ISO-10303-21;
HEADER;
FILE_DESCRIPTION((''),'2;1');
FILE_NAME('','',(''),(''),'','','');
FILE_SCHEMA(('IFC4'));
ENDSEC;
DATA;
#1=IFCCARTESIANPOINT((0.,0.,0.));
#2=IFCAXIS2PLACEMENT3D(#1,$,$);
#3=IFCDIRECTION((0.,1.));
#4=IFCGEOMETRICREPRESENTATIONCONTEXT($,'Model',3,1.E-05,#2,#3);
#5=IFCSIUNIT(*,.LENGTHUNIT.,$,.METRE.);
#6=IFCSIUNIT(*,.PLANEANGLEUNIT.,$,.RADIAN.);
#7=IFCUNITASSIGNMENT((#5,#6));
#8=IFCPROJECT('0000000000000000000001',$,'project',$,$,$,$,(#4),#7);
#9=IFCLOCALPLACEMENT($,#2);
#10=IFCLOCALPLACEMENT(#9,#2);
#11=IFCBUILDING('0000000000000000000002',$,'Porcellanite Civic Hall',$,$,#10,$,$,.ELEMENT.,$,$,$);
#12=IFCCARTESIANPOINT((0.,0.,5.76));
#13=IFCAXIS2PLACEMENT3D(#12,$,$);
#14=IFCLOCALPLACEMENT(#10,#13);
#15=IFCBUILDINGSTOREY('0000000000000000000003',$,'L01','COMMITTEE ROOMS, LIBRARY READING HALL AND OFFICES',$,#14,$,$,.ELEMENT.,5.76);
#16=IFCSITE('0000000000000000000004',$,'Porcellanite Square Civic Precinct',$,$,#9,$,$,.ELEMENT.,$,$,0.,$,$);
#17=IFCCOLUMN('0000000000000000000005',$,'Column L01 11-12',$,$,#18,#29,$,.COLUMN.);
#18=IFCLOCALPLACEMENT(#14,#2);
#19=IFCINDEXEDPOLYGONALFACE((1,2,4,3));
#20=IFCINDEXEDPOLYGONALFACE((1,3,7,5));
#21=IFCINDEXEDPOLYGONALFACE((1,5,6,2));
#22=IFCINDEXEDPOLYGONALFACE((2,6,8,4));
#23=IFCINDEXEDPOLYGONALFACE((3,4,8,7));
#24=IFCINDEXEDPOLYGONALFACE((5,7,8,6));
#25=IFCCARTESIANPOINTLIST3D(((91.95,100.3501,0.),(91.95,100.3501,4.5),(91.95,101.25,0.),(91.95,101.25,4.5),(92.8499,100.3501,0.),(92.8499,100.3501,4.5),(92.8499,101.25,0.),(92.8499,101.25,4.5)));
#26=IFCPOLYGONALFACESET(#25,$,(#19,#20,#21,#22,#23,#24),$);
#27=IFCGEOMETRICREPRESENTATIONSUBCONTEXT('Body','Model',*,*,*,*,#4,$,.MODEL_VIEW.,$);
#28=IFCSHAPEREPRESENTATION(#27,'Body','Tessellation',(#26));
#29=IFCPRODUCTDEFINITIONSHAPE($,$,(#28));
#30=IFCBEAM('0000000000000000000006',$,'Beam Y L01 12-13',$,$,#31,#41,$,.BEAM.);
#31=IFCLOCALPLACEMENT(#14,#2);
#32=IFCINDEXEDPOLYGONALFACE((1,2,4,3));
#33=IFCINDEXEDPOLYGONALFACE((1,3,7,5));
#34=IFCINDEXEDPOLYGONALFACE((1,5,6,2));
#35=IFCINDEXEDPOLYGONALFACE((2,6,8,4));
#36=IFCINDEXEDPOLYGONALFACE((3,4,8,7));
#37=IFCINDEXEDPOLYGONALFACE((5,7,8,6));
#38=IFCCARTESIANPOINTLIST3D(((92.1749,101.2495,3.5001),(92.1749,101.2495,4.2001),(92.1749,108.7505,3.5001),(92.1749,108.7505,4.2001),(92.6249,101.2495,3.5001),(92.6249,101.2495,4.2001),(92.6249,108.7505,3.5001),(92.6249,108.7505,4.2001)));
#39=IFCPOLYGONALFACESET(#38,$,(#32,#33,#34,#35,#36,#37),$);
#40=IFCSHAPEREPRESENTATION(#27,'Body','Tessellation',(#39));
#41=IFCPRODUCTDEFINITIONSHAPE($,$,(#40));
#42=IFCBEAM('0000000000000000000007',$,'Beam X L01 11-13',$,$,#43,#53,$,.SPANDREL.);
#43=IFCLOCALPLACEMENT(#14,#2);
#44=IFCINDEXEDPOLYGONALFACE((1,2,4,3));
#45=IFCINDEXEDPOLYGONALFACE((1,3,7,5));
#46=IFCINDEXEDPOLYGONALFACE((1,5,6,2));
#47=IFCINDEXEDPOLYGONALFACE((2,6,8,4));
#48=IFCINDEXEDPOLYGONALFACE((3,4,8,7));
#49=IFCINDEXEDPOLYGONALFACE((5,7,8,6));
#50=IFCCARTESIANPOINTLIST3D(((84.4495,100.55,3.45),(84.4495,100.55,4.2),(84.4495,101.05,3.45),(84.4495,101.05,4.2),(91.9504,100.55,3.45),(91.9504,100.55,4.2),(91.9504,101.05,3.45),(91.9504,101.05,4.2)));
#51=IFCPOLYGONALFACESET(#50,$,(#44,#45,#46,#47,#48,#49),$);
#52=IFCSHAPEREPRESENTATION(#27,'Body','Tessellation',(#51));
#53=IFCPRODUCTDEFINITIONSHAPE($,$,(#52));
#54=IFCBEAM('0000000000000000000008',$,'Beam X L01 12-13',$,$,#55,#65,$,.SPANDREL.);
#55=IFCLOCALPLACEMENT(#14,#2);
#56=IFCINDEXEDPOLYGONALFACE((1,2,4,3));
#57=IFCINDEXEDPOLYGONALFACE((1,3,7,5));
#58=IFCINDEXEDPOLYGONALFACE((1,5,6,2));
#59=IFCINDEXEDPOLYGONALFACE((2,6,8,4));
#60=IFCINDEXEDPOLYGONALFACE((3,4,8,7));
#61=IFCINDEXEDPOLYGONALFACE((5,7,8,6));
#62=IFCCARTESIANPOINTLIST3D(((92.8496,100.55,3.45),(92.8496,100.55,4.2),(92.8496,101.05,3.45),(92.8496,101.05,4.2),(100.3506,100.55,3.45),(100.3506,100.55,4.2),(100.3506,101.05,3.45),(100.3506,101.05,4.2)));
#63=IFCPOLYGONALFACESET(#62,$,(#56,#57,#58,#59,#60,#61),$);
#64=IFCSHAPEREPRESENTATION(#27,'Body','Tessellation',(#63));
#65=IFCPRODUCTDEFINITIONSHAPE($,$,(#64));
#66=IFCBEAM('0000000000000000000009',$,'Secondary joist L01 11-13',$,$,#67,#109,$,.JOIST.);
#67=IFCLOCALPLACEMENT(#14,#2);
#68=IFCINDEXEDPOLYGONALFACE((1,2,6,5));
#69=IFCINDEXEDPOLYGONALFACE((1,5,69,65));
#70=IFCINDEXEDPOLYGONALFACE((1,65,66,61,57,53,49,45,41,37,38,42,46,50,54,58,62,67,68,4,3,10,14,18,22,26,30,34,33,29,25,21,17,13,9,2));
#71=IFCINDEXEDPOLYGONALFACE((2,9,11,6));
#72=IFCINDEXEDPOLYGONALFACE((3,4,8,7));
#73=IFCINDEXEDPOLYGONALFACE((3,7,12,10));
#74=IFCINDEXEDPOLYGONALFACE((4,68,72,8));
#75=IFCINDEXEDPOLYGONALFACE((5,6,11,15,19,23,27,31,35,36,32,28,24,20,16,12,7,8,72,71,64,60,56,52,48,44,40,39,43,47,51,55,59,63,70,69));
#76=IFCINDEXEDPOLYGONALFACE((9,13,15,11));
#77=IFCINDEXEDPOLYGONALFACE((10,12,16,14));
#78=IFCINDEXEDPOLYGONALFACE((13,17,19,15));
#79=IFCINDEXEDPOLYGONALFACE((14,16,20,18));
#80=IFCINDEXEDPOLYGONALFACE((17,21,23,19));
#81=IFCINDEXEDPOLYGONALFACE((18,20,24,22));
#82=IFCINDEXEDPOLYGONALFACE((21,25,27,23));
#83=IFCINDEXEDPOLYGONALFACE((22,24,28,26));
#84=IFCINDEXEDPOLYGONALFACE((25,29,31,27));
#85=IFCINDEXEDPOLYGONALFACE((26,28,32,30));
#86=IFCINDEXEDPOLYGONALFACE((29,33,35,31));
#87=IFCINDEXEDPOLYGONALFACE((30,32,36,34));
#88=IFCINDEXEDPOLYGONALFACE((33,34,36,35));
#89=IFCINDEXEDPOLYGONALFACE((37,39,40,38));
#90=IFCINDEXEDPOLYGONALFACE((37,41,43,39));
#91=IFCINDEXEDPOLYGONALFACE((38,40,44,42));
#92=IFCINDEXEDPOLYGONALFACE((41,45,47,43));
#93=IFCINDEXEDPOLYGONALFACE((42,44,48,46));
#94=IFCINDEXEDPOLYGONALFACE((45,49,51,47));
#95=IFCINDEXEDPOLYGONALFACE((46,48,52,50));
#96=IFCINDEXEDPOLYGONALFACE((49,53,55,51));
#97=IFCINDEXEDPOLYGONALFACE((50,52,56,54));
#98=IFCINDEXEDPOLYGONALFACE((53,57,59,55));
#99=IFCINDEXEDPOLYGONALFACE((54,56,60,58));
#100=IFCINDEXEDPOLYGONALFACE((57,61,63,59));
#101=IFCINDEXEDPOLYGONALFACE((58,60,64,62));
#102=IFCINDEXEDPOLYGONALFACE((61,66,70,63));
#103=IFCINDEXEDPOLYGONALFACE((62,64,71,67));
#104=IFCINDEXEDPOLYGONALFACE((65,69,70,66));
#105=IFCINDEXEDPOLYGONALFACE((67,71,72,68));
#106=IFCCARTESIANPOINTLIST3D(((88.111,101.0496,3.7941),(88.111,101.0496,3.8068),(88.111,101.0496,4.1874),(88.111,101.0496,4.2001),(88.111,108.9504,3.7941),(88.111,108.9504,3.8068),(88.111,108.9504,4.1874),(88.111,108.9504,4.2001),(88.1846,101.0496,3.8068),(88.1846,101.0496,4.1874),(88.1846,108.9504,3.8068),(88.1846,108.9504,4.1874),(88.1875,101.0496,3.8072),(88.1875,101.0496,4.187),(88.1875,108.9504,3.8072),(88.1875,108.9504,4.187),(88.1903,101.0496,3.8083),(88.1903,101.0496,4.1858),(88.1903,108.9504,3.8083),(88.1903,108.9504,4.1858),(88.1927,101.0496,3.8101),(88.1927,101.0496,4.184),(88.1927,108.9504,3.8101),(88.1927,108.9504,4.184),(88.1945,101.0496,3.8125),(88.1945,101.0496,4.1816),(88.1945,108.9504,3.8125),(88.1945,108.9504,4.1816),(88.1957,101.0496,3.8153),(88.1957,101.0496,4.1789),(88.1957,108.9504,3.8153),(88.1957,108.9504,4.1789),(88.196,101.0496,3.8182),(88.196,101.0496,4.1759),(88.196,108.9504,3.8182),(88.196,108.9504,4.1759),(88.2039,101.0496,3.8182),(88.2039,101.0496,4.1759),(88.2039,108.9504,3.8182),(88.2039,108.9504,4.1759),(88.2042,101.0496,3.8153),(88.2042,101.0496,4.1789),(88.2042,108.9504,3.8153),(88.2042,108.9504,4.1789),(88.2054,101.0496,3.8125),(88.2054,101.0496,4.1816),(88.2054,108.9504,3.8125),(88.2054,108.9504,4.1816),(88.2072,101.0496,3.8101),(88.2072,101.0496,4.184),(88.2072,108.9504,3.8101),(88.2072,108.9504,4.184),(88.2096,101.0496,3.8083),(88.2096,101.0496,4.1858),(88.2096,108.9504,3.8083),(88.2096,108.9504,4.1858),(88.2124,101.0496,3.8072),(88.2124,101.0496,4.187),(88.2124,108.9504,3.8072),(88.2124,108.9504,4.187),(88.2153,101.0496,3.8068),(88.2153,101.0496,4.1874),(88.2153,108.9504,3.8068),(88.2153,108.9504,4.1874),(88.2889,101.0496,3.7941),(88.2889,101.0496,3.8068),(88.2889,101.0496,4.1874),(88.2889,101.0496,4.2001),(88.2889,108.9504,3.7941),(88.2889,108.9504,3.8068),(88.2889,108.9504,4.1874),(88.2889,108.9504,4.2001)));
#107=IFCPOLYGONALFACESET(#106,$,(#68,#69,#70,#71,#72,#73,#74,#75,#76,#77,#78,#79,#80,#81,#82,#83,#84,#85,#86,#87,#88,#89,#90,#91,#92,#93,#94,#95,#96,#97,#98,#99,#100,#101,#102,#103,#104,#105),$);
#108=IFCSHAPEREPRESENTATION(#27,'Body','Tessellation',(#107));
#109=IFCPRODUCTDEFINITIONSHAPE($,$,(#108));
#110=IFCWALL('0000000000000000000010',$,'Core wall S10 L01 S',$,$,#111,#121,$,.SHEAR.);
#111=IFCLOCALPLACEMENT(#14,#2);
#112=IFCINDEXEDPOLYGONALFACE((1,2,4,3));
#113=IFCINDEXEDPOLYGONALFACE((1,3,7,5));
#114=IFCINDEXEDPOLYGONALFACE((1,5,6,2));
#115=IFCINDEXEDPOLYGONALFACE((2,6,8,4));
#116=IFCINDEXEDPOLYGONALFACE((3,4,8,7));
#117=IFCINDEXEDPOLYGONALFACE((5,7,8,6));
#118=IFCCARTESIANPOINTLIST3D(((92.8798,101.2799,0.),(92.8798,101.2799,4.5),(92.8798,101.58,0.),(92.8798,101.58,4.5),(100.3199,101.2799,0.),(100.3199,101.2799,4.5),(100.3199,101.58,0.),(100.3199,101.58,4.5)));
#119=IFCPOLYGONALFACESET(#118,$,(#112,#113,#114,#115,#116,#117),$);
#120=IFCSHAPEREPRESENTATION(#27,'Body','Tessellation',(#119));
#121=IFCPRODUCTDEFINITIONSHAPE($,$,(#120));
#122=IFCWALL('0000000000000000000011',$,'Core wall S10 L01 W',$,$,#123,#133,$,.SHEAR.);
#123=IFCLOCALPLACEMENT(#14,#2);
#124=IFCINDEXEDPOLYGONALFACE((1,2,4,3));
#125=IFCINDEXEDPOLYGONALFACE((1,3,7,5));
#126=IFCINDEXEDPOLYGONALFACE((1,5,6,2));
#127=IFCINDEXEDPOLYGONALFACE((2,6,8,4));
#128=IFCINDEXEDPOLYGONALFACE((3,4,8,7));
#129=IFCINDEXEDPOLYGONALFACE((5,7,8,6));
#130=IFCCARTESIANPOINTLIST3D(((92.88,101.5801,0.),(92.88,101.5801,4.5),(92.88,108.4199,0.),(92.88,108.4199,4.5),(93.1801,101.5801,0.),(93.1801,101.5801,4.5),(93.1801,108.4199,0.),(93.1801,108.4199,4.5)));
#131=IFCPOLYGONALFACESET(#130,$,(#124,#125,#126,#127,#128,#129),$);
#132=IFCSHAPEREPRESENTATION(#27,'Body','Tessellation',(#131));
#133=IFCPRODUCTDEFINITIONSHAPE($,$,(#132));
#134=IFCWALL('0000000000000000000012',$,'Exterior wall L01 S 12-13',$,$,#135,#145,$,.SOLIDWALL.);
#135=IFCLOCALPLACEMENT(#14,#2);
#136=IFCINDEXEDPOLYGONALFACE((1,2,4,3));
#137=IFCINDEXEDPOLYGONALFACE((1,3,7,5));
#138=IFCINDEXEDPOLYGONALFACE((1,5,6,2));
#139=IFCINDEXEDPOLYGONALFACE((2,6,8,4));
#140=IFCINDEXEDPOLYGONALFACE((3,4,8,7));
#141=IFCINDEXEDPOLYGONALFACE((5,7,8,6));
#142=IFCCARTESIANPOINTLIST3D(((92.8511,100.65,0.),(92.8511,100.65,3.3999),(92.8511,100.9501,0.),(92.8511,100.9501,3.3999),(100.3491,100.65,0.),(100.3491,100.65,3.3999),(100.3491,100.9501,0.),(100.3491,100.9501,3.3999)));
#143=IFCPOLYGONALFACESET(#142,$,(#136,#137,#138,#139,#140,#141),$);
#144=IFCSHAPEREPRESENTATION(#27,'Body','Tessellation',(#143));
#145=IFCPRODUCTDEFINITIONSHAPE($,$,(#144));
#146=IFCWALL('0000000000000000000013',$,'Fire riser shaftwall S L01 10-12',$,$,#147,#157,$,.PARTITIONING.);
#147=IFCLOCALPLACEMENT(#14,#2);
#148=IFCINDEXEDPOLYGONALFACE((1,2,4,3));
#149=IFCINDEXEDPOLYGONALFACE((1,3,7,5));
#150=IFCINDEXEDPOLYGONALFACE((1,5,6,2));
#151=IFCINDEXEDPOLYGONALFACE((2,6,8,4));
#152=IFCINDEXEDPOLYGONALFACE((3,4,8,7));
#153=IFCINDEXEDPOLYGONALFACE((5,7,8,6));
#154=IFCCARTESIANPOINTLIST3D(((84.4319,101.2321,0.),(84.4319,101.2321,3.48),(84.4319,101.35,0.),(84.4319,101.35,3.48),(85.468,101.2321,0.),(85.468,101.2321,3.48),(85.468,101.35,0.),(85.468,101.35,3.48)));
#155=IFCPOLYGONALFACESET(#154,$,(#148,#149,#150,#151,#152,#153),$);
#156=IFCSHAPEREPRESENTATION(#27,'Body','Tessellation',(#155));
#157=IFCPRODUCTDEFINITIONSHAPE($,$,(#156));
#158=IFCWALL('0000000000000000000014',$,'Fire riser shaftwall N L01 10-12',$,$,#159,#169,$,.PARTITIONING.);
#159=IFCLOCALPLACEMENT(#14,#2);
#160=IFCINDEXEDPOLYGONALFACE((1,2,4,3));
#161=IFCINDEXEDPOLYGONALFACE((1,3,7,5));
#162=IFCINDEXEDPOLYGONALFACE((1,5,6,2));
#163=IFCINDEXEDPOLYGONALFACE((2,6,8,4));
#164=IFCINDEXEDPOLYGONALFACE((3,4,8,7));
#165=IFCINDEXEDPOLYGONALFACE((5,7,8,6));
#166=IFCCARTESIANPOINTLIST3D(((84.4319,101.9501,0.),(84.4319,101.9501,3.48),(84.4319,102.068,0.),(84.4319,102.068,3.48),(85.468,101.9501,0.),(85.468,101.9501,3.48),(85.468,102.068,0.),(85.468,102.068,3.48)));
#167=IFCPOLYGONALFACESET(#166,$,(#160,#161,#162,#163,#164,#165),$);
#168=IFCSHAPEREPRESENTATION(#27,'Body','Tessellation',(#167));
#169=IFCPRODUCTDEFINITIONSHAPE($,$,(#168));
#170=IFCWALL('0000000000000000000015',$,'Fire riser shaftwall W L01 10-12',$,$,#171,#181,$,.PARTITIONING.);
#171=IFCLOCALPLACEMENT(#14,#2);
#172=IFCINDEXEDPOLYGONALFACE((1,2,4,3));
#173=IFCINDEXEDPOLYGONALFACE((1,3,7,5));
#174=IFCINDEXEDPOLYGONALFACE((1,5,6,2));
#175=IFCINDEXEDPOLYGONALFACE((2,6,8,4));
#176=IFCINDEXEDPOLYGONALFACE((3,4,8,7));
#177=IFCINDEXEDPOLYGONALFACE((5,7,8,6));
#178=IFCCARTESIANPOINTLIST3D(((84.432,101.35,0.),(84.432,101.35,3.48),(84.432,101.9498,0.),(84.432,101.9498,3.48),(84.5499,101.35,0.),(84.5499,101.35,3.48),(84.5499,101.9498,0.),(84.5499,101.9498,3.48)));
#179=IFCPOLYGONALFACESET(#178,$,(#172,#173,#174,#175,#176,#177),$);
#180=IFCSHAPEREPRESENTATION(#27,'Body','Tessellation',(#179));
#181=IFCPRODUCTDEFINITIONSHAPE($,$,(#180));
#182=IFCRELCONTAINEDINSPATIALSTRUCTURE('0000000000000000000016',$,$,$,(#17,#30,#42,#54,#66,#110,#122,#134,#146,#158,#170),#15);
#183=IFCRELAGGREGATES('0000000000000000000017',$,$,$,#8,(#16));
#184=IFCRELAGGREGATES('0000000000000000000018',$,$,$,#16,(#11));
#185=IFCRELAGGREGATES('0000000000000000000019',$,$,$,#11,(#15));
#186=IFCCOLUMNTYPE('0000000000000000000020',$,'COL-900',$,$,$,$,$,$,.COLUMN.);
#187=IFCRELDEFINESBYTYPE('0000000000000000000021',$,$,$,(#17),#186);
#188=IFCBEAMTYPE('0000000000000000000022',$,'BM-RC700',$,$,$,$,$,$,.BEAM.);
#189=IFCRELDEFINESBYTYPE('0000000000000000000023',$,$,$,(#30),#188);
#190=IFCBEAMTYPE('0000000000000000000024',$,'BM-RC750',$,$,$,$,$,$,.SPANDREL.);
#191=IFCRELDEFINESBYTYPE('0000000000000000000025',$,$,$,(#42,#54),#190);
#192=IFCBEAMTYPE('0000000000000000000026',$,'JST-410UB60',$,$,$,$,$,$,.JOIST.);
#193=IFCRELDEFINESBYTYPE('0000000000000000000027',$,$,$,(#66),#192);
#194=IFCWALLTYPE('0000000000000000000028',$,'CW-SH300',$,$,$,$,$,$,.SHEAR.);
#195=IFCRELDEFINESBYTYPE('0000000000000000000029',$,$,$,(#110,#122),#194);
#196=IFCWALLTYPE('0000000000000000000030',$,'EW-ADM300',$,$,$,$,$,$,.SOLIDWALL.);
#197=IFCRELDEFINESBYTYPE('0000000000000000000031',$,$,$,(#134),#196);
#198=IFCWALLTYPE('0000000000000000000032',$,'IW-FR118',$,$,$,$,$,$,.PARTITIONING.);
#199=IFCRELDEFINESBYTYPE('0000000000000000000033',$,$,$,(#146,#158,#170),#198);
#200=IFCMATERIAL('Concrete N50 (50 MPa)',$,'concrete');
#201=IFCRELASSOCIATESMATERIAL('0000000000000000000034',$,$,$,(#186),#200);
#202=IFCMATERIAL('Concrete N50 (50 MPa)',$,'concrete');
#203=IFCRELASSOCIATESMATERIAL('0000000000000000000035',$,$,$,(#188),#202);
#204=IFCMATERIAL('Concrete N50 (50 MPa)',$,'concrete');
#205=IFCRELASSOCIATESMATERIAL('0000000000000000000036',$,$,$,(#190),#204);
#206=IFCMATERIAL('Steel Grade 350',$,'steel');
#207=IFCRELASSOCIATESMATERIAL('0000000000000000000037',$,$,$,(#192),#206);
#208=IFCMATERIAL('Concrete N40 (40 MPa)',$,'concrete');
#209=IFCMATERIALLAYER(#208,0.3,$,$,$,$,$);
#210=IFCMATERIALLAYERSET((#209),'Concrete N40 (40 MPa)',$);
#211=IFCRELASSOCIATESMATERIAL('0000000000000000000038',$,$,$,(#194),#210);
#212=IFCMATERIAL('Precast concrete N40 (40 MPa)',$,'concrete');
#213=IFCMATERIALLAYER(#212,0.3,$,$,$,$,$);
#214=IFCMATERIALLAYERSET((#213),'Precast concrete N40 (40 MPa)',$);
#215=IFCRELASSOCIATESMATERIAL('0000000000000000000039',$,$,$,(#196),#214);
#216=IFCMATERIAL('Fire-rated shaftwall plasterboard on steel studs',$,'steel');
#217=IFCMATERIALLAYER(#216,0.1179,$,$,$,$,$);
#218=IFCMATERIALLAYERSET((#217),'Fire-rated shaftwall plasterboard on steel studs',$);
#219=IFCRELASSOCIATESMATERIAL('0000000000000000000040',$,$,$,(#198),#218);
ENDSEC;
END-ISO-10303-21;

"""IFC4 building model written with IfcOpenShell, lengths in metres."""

from ifc_helpers import new_model, si_unit, direction, frame, frame_2d, origin, origin_2d, place, context, subcontext, project, spatial, rectangle, i_section, extrude, material, layer, layer_set, material_profile, profile_set, type_object, element, save


model = new_model("IFC4")

# Units and contexts
model_context = context("Model", 3, precision=1e-05, world=origin(), true_north=direction((0.0, 1.0)))
body_context = subcontext(model_context, "Body", "Model", "MODEL_VIEW")
ifc_project = project(units=[si_unit("LENGTHUNIT", "METRE"), si_unit("PLANEANGLEUNIT", "RADIAN")], contexts=[model_context])

# Site, building, storey
site_placement = place(None, origin())
site = spatial("IfcSite", under=ifc_project, at=site_placement, Name="Porcellanite Square Civic Precinct", CompositionType="ELEMENT", RefElevation=0.0)
building_placement = place(site_placement, origin())
building = spatial("IfcBuilding", under=site, at=building_placement, Name="Porcellanite Civic Hall", CompositionType="ELEMENT")
storey_placement = place(building_placement, frame((0.0, 0.0, 5.76)))
storey = spatial("IfcBuildingStorey", under=building, at=storey_placement, Name="L01", Description="COMMITTEE ROOMS, LIBRARY READING HALL AND OFFICES", CompositionType="ELEMENT", Elevation=5.76)

# Column
ifc_material_1 = material(Name="Concrete N50 (50 MPa)", Category="concrete")
ifc_material_profile_1 = material_profile(ifc_material_1, rectangle(XDim=0.8999, YDim=0.8999, at=origin_2d()), Name="RC-900x900")
ifc_profile_set_1 = profile_set([ifc_material_profile_1], Name="Concrete N50 (50 MPa)")
column_type = type_object("IfcColumnType", Name="COL-900", PredefinedType="COLUMN", material=ifc_profile_set_1)
column_placement = place(storey_placement, frame((92.3999, 100.8, 0.0), z_axis=(0.0, 0.0, 1.0), x_axis=(1.0, 0.0, 0.0)))
element("IfcColumn", 1, at=column_placement, inside=storey, type_object=column_type, Name="Column L01 11-12", PredefinedType="COLUMN", context=body_context, shape_type="SweptSolid", body=[
    extrude(rectangle(XDim=0.8999, YDim=0.8999, at=origin_2d()), origin(), (0.0, 0.0, 1.0), 4.5),
])

# Beams
ifc_material_2 = material(Name="Concrete N50 (50 MPa)", Category="concrete")
ifc_material_profile_2 = material_profile(ifc_material_2, rectangle(XDim=0.45, YDim=0.7, at=origin_2d()), Name="RC-450x700")
ifc_profile_set_2 = profile_set([ifc_material_profile_2], Name="Concrete N50 (50 MPa)")
beam_type_1 = type_object("IfcBeamType", Name="BM-RC700", PredefinedType="BEAM", material=ifc_profile_set_2)
beam_1_placement = place(storey_placement, frame((92.3999, 101.2495, 3.8501), z_axis=(0.0, 1.0, 0.0), x_axis=(-1.0, 0.0, 0.0)))
element("IfcBeam", 2, at=beam_1_placement, inside=storey, type_object=beam_type_1, Name="Beam Y L01 12-13", PredefinedType="BEAM", context=body_context, shape_type="SweptSolid", body=[
    extrude(rectangle(XDim=0.45, YDim=0.7, at=origin_2d()), origin(), (0.0, 0.0, 1.0), 7.501),
])
ifc_material_3 = material(Name="Concrete N50 (50 MPa)", Category="concrete")
ifc_material_profile_3 = material_profile(ifc_material_3, rectangle(XDim=0.5, YDim=0.75, at=origin_2d()), Name="RC-500x750")
ifc_profile_set_3 = profile_set([ifc_material_profile_3], Name="Concrete N50 (50 MPa)")
beam_type_2 = type_object("IfcBeamType", Name="BM-RC750", PredefinedType="SPANDREL", material=ifc_profile_set_3)
for number, where, z_axis, x_axis, name in (
    (3, (84.4495, 100.8, 3.825), (1.0, 0.0, 0.0), (0.0, 1.0, 0.0), "Beam X L01 11-13"),
    (4, (92.8496, 100.8, 3.825), (1.0, 0.0, 0.0), (0.0, 1.0, 0.0), "Beam X L01 12-13"),
):
    element("IfcBeam", number, at=place(storey_placement, frame(where, z_axis=z_axis, x_axis=x_axis)), inside=storey, type_object=beam_type_2, Name=name, PredefinedType="SPANDREL", context=body_context, shape_type="SweptSolid", body=[
        extrude(rectangle(XDim=0.5, YDim=0.75, at=origin_2d()), origin(), (0.0, 0.0, 1.0), 7.501),
    ])
ifc_material_4 = material(Name="Steel Grade 350", Category="steel")
ifc_material_profile_4 = material_profile(ifc_material_4, i_section(OverallWidth=0.178, OverallDepth=0.406, WebThickness=0.0078, FlangeThickness=0.0127, FilletRadius=0.0115, at=origin_2d()), Name="410UB59.7")
ifc_profile_set_4 = profile_set([ifc_material_profile_4], Name="Steel Grade 350")
beam_type_3 = type_object("IfcBeamType", Name="JST-410UB60", PredefinedType="JOIST", material=ifc_profile_set_4)
beam_2_placement = place(storey_placement, frame((88.2, 101.0496, 3.9971), z_axis=(0.0, 1.0, 0.0), x_axis=(-1.0, 0.0, 0.0)))
element("IfcBeam", 5, at=beam_2_placement, inside=storey, type_object=beam_type_3, Name="Secondary joist L01 11-13", PredefinedType="JOIST", context=body_context, shape_type="SweptSolid", body=[
    extrude(i_section(OverallWidth=0.178, OverallDepth=0.406, WebThickness=0.0078, FlangeThickness=0.0127, FilletRadius=0.0115, at=origin_2d()), origin(), (0.0, 0.0, 1.0), 7.9009),
])

# Walls
ifc_material_5 = material(Name="Concrete N40 (40 MPa)", Category="concrete")
ifc_layer_1 = layer(ifc_material_5, 0.3)
ifc_layer_set_1 = layer_set([ifc_layer_1], Name="Concrete N40 (40 MPa)")
wall_type_1 = type_object("IfcWallType", Name="CW-SH300", PredefinedType="SHEAR", material=ifc_layer_set_1)
wall_1_placement = place(storey_placement, frame((100.3201, 101.4299, 0.0), z_axis=(0.0, 0.0, 1.0), x_axis=(-1.0, 0.0, 0.0)))
element("IfcWall", 6, at=wall_1_placement, inside=storey, type_object=wall_type_1, Name="Core wall S10 L01 S", PredefinedType="SHEAR", context=body_context, shape_type="SweptSolid", body=[
    extrude(rectangle(XDim=7.4402, YDim=0.3, at=frame_2d((3.7202, 0.0))), origin(), (0.0, 0.0, 1.0), 4.5),
])
wall_2_placement = place(storey_placement, frame((93.03, 101.5801, 0.0), z_axis=(0.0, 0.0, 1.0), x_axis=(0.0, 1.0, 0.0)))
element("IfcWall", 7, at=wall_2_placement, inside=storey, type_object=wall_type_1, Name="Core wall S10 L01 W", PredefinedType="SHEAR", context=body_context, shape_type="SweptSolid", body=[
    extrude(rectangle(XDim=6.8398, YDim=0.3, at=frame_2d((3.4199, 0.0))), origin(), (0.0, 0.0, 1.0), 4.5),
])

# Shared definitions
ifc_material_6 = material(Name="Precast concrete N40 (40 MPa)", Category="concrete")
ifc_layer_2 = layer(ifc_material_6, 0.3)
ifc_layer_set_2 = layer_set([ifc_layer_2], Name="Precast concrete N40 (40 MPa)")
wall_type_2 = type_object("IfcWallType", Name="EW-ADM300", PredefinedType="SOLIDWALL", material=ifc_layer_set_2)

# Walls
wall_3_placement = place(storey_placement, frame((100.3491, 100.8, 0.0), z_axis=(0.0, 0.0, 1.0), x_axis=(-1.0, 0.0, 0.0)))
element("IfcWall", 8, at=wall_3_placement, inside=storey, type_object=wall_type_2, Name="Exterior wall L01 S 12-13", PredefinedType="SOLIDWALL", context=body_context, shape_type="SweptSolid", body=[
    extrude(rectangle(XDim=7.498, YDim=0.3, at=frame_2d((3.749, 0.0))), origin(), (0.0, 0.0, 1.0), 3.3999),
])
ifc_material_7 = material(Name="Fire-rated shaftwall plasterboard on steel studs", Category="steel")
ifc_layer_3 = layer(ifc_material_7, 0.1179)
ifc_layer_set_3 = layer_set([ifc_layer_3], Name="Fire-rated shaftwall plasterboard on steel studs")
wall_type_3 = type_object("IfcWallType", Name="IW-FR118", PredefinedType="PARTITIONING", material=ifc_layer_set_3)
for number, where, z_axis, x_axis, name in (
    (9, (84.4319, 101.291, 0.0), (0.0, 0.0, 1.0), (1.0, 0.0, 0.0), "Fire riser shaftwall S L01 10-12"),
    (10, (84.4319, 102.009, 0.0), (0.0, 0.0, 1.0), (1.0, 0.0, 0.0), "Fire riser shaftwall N L01 10-12"),
):
    element("IfcWall", number, at=place(storey_placement, frame(where, z_axis=z_axis, x_axis=x_axis)), inside=storey, type_object=wall_type_3, Name=name, PredefinedType="PARTITIONING", context=body_context, shape_type="SweptSolid", body=[
        extrude(rectangle(XDim=1.0361, YDim=0.1179, at=frame_2d((0.5181, 0.0))), origin(), (0.0, 0.0, 1.0), 3.48),
    ])
for number, where, z_axis, x_axis, name in (
    (11, (84.491, 101.3501, 0.0), (0.0, 0.0, 1.0), (0.0, 1.0, 0.0), "Fire riser shaftwall W L01 10-12"),
):
    element("IfcWall", number, at=place(storey_placement, frame(where, z_axis=z_axis, x_axis=x_axis)), inside=storey, type_object=wall_type_3, Name=name, PredefinedType="PARTITIONING", context=body_context, shape_type="SweptSolid", body=[
        extrude(rectangle(XDim=0.5999, YDim=0.1179, at=frame_2d((0.2998, 0.0))), origin(), (0.0, 0.0, 1.0), 3.48),
    ])

save(model, "model.ifc")
